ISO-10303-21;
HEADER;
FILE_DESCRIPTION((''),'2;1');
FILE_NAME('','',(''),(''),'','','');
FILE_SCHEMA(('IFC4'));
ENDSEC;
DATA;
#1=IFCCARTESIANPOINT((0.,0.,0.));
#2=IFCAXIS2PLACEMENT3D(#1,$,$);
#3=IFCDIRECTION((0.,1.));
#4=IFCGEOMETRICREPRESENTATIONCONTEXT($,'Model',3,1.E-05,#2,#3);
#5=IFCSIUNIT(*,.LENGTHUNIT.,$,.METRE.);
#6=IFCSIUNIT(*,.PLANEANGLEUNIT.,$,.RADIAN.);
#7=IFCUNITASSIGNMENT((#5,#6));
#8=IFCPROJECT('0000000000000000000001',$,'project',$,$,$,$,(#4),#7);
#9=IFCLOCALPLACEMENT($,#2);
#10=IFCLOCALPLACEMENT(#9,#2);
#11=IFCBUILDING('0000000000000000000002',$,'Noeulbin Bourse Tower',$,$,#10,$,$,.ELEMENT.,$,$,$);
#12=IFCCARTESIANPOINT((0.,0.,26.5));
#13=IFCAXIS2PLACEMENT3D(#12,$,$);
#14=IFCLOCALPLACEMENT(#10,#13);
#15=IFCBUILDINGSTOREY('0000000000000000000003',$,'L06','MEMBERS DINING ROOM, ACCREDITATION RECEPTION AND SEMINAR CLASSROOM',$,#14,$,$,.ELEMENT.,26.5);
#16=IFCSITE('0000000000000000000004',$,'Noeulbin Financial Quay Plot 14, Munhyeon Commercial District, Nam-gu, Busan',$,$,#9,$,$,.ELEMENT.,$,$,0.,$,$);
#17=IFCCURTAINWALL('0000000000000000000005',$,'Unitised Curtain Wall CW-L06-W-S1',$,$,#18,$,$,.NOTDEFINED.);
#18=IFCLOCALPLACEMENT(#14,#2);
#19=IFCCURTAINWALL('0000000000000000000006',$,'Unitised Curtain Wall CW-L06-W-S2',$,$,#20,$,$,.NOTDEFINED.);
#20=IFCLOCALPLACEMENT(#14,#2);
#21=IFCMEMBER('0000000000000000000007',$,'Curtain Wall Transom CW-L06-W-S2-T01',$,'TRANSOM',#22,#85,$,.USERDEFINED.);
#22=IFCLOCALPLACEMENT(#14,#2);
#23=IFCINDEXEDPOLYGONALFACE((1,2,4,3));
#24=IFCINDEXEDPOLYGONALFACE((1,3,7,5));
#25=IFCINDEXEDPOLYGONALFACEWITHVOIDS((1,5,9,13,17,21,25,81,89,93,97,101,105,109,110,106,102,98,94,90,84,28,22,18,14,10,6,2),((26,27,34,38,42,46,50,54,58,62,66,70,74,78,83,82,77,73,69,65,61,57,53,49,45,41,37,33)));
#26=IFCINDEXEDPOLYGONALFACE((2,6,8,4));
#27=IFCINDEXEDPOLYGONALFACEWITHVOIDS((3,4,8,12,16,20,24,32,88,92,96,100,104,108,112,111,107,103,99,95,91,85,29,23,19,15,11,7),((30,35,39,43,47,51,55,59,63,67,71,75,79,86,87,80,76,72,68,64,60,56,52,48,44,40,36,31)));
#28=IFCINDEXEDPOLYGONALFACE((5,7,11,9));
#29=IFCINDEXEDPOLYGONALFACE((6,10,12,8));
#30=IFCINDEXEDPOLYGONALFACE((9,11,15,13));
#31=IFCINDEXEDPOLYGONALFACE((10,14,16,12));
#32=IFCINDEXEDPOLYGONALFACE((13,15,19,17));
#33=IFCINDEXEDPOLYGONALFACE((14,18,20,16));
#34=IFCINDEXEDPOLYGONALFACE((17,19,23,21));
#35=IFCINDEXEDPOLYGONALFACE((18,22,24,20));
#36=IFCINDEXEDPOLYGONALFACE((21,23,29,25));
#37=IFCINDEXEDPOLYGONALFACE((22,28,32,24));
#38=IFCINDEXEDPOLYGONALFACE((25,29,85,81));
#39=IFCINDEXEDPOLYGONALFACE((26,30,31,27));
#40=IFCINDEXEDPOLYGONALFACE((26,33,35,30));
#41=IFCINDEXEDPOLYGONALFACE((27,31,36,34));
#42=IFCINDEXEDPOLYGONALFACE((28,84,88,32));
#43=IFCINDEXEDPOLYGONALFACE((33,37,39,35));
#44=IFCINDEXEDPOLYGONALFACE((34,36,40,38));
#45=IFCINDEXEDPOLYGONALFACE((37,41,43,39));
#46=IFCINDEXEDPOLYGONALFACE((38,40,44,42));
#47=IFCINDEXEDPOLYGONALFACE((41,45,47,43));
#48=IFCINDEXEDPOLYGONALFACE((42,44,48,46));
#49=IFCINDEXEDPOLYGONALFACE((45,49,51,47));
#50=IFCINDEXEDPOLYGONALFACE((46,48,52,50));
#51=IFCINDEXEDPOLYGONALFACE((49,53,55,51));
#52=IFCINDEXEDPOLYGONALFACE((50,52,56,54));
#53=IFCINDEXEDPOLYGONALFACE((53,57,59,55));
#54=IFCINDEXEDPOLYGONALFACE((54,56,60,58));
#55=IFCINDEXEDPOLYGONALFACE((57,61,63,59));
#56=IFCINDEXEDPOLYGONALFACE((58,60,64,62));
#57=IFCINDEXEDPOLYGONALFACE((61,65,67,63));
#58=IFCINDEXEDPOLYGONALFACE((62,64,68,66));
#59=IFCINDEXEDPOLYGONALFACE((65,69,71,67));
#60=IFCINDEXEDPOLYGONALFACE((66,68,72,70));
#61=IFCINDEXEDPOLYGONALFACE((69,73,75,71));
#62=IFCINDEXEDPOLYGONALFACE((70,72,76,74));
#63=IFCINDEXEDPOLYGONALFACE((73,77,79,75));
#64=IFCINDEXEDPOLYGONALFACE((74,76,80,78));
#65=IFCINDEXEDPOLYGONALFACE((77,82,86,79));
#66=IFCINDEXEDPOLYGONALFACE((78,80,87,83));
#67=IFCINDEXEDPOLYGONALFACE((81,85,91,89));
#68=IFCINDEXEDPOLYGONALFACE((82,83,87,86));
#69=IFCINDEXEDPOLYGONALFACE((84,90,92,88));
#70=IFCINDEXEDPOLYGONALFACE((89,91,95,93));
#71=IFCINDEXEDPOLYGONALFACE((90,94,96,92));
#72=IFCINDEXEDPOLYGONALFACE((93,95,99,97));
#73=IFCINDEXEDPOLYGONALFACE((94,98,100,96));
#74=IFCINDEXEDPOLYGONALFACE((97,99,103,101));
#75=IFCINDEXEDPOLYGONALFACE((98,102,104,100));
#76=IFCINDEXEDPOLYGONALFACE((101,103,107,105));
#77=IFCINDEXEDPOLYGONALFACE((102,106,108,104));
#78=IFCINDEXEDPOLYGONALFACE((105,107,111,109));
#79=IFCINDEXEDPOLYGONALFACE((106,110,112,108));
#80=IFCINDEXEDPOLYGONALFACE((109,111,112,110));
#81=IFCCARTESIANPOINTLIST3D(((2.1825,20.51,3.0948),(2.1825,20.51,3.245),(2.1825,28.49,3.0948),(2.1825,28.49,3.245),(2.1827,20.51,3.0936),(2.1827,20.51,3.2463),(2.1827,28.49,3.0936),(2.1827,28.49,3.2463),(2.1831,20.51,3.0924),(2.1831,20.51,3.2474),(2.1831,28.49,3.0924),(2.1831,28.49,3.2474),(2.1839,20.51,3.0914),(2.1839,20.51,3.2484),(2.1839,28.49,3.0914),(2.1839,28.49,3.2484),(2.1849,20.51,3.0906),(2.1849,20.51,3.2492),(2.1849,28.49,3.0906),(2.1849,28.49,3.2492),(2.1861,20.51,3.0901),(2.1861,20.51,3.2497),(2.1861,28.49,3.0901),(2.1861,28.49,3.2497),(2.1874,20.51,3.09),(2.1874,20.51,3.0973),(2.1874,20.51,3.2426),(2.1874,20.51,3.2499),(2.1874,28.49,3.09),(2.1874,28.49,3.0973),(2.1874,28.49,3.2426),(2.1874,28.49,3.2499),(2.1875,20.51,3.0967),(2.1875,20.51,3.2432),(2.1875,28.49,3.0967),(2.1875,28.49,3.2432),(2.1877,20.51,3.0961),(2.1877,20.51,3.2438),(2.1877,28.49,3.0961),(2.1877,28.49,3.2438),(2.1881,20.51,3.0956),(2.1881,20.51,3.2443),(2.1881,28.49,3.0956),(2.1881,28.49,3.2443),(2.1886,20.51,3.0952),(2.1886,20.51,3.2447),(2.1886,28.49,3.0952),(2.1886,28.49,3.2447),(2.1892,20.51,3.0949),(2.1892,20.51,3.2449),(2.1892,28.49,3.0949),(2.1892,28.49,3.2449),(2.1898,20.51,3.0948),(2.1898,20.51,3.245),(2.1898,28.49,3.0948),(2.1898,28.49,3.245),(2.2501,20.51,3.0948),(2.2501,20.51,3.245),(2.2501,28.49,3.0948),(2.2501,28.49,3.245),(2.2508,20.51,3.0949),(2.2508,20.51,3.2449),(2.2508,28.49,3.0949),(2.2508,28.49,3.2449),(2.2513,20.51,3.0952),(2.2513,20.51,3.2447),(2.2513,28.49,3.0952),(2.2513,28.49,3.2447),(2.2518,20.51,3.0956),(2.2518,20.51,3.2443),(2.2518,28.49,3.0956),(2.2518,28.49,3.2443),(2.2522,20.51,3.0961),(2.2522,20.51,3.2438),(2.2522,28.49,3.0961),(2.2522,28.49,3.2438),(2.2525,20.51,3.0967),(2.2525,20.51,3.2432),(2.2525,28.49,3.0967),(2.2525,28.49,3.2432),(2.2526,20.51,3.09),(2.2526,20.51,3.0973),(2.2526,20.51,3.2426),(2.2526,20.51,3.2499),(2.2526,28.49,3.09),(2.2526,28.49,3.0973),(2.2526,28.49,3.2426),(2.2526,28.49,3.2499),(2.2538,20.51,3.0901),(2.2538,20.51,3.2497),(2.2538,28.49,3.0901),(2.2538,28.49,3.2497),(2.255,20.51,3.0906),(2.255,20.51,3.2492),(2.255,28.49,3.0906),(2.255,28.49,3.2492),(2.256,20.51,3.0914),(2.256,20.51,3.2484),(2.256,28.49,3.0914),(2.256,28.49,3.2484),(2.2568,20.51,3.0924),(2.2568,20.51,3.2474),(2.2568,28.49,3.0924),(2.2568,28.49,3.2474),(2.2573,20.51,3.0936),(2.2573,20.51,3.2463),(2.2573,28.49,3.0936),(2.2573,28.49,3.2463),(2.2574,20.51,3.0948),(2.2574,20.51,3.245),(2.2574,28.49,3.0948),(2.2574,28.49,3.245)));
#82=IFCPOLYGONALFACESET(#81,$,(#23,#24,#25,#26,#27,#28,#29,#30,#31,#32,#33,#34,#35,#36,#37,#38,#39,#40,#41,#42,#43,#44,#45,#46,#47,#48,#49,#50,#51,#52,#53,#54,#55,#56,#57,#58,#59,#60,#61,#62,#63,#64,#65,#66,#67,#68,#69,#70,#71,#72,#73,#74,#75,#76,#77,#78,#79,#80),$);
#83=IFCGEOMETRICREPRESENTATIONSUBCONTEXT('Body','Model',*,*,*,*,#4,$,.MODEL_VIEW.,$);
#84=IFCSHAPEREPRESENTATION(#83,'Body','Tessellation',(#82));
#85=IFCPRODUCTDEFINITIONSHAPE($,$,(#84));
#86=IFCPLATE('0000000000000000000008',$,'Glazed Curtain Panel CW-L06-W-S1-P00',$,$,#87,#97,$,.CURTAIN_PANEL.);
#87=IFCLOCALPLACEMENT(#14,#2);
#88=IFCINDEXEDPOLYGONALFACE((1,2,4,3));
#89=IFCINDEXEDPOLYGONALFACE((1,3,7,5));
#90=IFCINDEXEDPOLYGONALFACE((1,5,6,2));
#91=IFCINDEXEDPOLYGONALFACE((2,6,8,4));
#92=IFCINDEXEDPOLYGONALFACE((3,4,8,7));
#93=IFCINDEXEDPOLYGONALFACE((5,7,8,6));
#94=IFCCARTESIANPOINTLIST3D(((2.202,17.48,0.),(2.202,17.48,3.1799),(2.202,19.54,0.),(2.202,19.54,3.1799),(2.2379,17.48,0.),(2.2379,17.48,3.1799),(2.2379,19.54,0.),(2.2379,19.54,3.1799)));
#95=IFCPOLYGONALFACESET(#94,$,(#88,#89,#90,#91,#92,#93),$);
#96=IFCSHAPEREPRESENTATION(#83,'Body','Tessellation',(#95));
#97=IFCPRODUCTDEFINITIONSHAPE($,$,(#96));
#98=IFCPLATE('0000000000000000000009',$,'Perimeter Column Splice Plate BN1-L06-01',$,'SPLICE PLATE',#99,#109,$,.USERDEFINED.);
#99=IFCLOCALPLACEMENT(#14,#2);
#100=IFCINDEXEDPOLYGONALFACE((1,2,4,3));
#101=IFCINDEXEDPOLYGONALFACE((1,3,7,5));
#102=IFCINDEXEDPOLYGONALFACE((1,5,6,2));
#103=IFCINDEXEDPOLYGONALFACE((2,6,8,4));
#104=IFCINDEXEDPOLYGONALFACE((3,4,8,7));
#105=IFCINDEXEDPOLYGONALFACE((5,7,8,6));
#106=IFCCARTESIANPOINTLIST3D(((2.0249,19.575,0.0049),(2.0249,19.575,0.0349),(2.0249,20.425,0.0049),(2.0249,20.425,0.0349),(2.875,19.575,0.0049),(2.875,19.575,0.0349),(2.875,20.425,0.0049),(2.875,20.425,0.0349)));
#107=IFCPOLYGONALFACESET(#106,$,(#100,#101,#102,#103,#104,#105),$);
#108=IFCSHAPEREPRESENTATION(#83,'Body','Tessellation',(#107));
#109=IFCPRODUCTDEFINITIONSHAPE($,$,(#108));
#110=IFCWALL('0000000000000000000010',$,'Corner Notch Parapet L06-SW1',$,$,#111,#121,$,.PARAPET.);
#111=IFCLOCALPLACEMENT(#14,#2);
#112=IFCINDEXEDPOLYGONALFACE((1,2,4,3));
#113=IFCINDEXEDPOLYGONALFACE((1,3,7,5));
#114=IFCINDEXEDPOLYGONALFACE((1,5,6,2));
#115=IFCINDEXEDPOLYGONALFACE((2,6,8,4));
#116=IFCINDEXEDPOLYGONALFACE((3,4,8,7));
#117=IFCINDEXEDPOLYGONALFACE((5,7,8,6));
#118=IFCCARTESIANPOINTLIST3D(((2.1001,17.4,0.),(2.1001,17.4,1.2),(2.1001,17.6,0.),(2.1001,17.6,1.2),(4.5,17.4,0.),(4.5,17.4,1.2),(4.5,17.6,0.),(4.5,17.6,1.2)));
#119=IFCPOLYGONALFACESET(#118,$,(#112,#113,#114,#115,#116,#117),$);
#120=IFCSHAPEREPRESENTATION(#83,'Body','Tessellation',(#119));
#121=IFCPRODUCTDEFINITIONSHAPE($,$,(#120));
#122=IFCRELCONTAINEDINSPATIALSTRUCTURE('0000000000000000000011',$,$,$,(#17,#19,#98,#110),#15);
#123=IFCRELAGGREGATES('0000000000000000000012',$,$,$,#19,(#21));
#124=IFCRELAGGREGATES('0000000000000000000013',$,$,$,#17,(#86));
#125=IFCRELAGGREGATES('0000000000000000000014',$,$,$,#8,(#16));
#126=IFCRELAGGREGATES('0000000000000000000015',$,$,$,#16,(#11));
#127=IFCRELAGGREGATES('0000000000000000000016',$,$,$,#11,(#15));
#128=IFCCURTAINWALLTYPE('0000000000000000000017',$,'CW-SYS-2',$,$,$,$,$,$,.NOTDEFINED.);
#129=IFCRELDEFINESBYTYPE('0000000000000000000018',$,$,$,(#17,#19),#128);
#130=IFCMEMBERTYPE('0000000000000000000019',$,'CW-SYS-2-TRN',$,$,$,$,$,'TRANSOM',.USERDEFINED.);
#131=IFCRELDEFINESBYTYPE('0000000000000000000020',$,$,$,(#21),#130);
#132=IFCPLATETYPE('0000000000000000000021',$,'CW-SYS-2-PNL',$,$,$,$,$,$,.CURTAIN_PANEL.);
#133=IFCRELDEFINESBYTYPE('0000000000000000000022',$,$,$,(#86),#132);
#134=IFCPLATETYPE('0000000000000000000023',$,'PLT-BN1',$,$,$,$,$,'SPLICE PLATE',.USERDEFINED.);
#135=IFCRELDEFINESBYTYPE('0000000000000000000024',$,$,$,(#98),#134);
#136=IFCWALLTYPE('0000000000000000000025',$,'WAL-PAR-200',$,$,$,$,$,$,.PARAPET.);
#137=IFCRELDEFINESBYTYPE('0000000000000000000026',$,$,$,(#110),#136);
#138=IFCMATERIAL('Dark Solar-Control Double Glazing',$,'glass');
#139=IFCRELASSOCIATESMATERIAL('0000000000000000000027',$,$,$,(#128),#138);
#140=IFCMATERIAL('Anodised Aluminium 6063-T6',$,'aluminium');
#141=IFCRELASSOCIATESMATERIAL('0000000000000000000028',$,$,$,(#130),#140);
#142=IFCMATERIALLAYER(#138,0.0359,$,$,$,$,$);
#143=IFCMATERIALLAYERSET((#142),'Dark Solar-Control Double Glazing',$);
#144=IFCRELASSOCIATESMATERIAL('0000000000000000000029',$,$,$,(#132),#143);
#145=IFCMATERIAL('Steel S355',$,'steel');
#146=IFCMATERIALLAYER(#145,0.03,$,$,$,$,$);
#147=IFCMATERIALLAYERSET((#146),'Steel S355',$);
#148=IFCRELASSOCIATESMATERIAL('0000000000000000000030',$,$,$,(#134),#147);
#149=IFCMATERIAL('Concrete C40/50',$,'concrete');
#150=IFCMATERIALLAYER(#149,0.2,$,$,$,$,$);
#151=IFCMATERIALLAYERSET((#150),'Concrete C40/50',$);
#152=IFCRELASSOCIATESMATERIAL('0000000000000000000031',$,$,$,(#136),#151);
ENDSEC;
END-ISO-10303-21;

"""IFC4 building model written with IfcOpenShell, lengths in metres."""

from ifc_helpers import new_model, si_unit, direction, frame, frame_2d, origin, origin_2d, place, context, subcontext, project, spatial, rectangle, hollow_rectangle, extrude, material, layer, layer_set, material_profile, profile_set, type_object, element, aggregate, save


model = new_model("IFC4")

# Units and contexts
model_context = context("Model", 3, precision=1e-05, world=origin(), true_north=direction((0.0, 1.0)))
body_context = subcontext(model_context, "Body", "Model", "MODEL_VIEW")
ifc_project = project(units=[si_unit("LENGTHUNIT", "METRE"), si_unit("PLANEANGLEUNIT", "RADIAN")], contexts=[model_context])

# Site, building, storey
site_placement = place(None, origin())
site = spatial("IfcSite", under=ifc_project, at=site_placement, Name="Noeulbin Financial Quay Plot 14, Munhyeon Commercial District, Nam-gu, Busan", CompositionType="ELEMENT", RefElevation=0.0)
building_placement = place(site_placement, origin())
building = spatial("IfcBuilding", under=site, at=building_placement, Name="Noeulbin Bourse Tower", CompositionType="ELEMENT")
storey_placement = place(building_placement, frame((0.0, 0.0, 26.5)))
storey = spatial("IfcBuildingStorey", under=building, at=storey_placement, Name="L06", Description="MEMBERS DINING ROOM, ACCREDITATION RECEPTION AND SEMINAR CLASSROOM", CompositionType="ELEMENT", Elevation=26.5)

# Shared definitions
ifc_material_1 = material(Name="Steel S355", Category="steel")

# Curtain wall
ifc_material_2 = material(Name="Dark Solar-Control Double Glazing", Category="glass")
curtain_wall_type = type_object("IfcCurtainWallType", Name="CW-SYS-2", PredefinedType="NOTDEFINED", material=ifc_material_2)
curtain_wall_1_placement = place(storey_placement, origin())
curtain_wall_1 = element("IfcCurtainWall", 1, at=curtain_wall_1_placement, inside=storey, type_object=curtain_wall_type, Name="Unitised Curtain Wall CW-L06-W-S1", PredefinedType="NOTDEFINED")
ifc_material_3 = material(Name="Anodised Aluminium 6063-T6", Category="aluminium")

# Curtain wall
curtain_wall_2_placement = place(storey_placement, origin())
curtain_wall_2 = element("IfcCurtainWall", 2, at=curtain_wall_2_placement, inside=storey, type_object=curtain_wall_type, Name="Unitised Curtain Wall CW-L06-W-S2", PredefinedType="NOTDEFINED")

# Member
ifc_material_profile_1 = material_profile(ifc_material_3, hollow_rectangle(XDim=0.075, YDim=0.1599, WallThickness=0.0049, InnerFilletRadius=0.0024, OuterFilletRadius=0.0049, at=origin_2d()), Name="ALU-TRAN-75x160x5", Category="LoadBearing")
ifc_profile_set_1 = profile_set([ifc_material_profile_1], Name="Anodised Aluminium 6063-T6")
member_type_1 = type_object("IfcMemberType", Name="CW-SYS-2-TRN", ElementType="TRANSOM", PredefinedType="USERDEFINED", material=ifc_profile_set_1)
member_1_placement = place(storey_placement, frame((2.22, 20.51, 3.1699), z_axis=(0.0, 1.0, 0.0), x_axis=(-1.0, 0.0, 0.0)))
member_1 = element("IfcMember", 3, at=member_1_placement, type_object=member_type_1, Name="Curtain Wall Transom CW-L06-W-S2-T01", ObjectType="TRANSOM", PredefinedType="USERDEFINED", context=body_context, shape_type="SweptSolid", body=[
    extrude(hollow_rectangle(XDim=0.075, YDim=0.1599, WallThickness=0.0049, InnerFilletRadius=0.0024, OuterFilletRadius=0.0049, at=origin_2d()), origin(), (0.0, 0.0, 1.0), 7.98),
])
aggregate(curtain_wall_2, [member_1])

# Plates
ifc_layer_1 = layer(ifc_material_2, 0.0359)
ifc_layer_set_1 = layer_set([ifc_layer_1], Name="Dark Solar-Control Double Glazing")
plate_type_1 = type_object("IfcPlateType", Name="CW-SYS-2-PNL", PredefinedType="CURTAIN_PANEL", material=ifc_layer_set_1)
plate_1_placement = place(storey_placement, frame((2.22, 18.51, 0.0), z_axis=(0.0, 0.0, 1.0), x_axis=(0.0, 1.0, 0.0)))
plate_1 = element("IfcPlate", 4, at=plate_1_placement, type_object=plate_type_1, Name="Glazed Curtain Panel CW-L06-W-S1-P00", PredefinedType="CURTAIN_PANEL", context=body_context, shape_type="SweptSolid", body=[
    extrude(rectangle(XDim=2.0601, YDim=0.0359, at=origin_2d()), origin(), (0.0, 0.0, 1.0), 3.1799),
])
aggregate(curtain_wall_1, [plate_1])
ifc_layer_2 = layer(ifc_material_1, 0.03)
ifc_layer_set_2 = layer_set([ifc_layer_2], Name="Steel S355")
plate_type_2 = type_object("IfcPlateType", Name="PLT-BN1", ElementType="SPLICE PLATE", PredefinedType="USERDEFINED", material=ifc_layer_set_2)
plate_2_placement = place(storey_placement, frame((2.45, 20.0, 0.0049), z_axis=(0.0, 0.0, 1.0), x_axis=(1.0, 0.0, 0.0)))
element("IfcPlate", 5, at=plate_2_placement, inside=storey, type_object=plate_type_2, Name="Perimeter Column Splice Plate BN1-L06-01", ObjectType="SPLICE PLATE", PredefinedType="USERDEFINED", context=body_context, shape_type="SweptSolid", body=[
    extrude(rectangle(XDim=0.8501, YDim=0.8501, at=origin_2d()), origin(), (0.0, 0.0, 1.0), 0.03),
])

# Wall
ifc_material_4 = material(Name="Concrete C40/50", Category="concrete")
ifc_layer_3 = layer(ifc_material_4, 0.2)
ifc_layer_set_3 = layer_set([ifc_layer_3], Name="Concrete C40/50")
wall_type = type_object("IfcWallType", Name="WAL-PAR-200", PredefinedType="PARAPET", material=ifc_layer_set_3)
wall_placement = place(storey_placement, frame((2.1001, 17.5, 0.0), z_axis=(0.0, 0.0, 1.0), x_axis=(1.0, 0.0, 0.0)))
element("IfcWall", 6, at=wall_placement, inside=storey, type_object=wall_type, Name="Corner Notch Parapet L06-SW1", PredefinedType="PARAPET", context=body_context, shape_type="SweptSolid", body=[
    extrude(rectangle(XDim=2.3999, YDim=0.2, at=frame_2d((1.2, 0.0))), origin(), (0.0, 0.0, 1.0), 1.2),
])

save(model, "model.ifc")
